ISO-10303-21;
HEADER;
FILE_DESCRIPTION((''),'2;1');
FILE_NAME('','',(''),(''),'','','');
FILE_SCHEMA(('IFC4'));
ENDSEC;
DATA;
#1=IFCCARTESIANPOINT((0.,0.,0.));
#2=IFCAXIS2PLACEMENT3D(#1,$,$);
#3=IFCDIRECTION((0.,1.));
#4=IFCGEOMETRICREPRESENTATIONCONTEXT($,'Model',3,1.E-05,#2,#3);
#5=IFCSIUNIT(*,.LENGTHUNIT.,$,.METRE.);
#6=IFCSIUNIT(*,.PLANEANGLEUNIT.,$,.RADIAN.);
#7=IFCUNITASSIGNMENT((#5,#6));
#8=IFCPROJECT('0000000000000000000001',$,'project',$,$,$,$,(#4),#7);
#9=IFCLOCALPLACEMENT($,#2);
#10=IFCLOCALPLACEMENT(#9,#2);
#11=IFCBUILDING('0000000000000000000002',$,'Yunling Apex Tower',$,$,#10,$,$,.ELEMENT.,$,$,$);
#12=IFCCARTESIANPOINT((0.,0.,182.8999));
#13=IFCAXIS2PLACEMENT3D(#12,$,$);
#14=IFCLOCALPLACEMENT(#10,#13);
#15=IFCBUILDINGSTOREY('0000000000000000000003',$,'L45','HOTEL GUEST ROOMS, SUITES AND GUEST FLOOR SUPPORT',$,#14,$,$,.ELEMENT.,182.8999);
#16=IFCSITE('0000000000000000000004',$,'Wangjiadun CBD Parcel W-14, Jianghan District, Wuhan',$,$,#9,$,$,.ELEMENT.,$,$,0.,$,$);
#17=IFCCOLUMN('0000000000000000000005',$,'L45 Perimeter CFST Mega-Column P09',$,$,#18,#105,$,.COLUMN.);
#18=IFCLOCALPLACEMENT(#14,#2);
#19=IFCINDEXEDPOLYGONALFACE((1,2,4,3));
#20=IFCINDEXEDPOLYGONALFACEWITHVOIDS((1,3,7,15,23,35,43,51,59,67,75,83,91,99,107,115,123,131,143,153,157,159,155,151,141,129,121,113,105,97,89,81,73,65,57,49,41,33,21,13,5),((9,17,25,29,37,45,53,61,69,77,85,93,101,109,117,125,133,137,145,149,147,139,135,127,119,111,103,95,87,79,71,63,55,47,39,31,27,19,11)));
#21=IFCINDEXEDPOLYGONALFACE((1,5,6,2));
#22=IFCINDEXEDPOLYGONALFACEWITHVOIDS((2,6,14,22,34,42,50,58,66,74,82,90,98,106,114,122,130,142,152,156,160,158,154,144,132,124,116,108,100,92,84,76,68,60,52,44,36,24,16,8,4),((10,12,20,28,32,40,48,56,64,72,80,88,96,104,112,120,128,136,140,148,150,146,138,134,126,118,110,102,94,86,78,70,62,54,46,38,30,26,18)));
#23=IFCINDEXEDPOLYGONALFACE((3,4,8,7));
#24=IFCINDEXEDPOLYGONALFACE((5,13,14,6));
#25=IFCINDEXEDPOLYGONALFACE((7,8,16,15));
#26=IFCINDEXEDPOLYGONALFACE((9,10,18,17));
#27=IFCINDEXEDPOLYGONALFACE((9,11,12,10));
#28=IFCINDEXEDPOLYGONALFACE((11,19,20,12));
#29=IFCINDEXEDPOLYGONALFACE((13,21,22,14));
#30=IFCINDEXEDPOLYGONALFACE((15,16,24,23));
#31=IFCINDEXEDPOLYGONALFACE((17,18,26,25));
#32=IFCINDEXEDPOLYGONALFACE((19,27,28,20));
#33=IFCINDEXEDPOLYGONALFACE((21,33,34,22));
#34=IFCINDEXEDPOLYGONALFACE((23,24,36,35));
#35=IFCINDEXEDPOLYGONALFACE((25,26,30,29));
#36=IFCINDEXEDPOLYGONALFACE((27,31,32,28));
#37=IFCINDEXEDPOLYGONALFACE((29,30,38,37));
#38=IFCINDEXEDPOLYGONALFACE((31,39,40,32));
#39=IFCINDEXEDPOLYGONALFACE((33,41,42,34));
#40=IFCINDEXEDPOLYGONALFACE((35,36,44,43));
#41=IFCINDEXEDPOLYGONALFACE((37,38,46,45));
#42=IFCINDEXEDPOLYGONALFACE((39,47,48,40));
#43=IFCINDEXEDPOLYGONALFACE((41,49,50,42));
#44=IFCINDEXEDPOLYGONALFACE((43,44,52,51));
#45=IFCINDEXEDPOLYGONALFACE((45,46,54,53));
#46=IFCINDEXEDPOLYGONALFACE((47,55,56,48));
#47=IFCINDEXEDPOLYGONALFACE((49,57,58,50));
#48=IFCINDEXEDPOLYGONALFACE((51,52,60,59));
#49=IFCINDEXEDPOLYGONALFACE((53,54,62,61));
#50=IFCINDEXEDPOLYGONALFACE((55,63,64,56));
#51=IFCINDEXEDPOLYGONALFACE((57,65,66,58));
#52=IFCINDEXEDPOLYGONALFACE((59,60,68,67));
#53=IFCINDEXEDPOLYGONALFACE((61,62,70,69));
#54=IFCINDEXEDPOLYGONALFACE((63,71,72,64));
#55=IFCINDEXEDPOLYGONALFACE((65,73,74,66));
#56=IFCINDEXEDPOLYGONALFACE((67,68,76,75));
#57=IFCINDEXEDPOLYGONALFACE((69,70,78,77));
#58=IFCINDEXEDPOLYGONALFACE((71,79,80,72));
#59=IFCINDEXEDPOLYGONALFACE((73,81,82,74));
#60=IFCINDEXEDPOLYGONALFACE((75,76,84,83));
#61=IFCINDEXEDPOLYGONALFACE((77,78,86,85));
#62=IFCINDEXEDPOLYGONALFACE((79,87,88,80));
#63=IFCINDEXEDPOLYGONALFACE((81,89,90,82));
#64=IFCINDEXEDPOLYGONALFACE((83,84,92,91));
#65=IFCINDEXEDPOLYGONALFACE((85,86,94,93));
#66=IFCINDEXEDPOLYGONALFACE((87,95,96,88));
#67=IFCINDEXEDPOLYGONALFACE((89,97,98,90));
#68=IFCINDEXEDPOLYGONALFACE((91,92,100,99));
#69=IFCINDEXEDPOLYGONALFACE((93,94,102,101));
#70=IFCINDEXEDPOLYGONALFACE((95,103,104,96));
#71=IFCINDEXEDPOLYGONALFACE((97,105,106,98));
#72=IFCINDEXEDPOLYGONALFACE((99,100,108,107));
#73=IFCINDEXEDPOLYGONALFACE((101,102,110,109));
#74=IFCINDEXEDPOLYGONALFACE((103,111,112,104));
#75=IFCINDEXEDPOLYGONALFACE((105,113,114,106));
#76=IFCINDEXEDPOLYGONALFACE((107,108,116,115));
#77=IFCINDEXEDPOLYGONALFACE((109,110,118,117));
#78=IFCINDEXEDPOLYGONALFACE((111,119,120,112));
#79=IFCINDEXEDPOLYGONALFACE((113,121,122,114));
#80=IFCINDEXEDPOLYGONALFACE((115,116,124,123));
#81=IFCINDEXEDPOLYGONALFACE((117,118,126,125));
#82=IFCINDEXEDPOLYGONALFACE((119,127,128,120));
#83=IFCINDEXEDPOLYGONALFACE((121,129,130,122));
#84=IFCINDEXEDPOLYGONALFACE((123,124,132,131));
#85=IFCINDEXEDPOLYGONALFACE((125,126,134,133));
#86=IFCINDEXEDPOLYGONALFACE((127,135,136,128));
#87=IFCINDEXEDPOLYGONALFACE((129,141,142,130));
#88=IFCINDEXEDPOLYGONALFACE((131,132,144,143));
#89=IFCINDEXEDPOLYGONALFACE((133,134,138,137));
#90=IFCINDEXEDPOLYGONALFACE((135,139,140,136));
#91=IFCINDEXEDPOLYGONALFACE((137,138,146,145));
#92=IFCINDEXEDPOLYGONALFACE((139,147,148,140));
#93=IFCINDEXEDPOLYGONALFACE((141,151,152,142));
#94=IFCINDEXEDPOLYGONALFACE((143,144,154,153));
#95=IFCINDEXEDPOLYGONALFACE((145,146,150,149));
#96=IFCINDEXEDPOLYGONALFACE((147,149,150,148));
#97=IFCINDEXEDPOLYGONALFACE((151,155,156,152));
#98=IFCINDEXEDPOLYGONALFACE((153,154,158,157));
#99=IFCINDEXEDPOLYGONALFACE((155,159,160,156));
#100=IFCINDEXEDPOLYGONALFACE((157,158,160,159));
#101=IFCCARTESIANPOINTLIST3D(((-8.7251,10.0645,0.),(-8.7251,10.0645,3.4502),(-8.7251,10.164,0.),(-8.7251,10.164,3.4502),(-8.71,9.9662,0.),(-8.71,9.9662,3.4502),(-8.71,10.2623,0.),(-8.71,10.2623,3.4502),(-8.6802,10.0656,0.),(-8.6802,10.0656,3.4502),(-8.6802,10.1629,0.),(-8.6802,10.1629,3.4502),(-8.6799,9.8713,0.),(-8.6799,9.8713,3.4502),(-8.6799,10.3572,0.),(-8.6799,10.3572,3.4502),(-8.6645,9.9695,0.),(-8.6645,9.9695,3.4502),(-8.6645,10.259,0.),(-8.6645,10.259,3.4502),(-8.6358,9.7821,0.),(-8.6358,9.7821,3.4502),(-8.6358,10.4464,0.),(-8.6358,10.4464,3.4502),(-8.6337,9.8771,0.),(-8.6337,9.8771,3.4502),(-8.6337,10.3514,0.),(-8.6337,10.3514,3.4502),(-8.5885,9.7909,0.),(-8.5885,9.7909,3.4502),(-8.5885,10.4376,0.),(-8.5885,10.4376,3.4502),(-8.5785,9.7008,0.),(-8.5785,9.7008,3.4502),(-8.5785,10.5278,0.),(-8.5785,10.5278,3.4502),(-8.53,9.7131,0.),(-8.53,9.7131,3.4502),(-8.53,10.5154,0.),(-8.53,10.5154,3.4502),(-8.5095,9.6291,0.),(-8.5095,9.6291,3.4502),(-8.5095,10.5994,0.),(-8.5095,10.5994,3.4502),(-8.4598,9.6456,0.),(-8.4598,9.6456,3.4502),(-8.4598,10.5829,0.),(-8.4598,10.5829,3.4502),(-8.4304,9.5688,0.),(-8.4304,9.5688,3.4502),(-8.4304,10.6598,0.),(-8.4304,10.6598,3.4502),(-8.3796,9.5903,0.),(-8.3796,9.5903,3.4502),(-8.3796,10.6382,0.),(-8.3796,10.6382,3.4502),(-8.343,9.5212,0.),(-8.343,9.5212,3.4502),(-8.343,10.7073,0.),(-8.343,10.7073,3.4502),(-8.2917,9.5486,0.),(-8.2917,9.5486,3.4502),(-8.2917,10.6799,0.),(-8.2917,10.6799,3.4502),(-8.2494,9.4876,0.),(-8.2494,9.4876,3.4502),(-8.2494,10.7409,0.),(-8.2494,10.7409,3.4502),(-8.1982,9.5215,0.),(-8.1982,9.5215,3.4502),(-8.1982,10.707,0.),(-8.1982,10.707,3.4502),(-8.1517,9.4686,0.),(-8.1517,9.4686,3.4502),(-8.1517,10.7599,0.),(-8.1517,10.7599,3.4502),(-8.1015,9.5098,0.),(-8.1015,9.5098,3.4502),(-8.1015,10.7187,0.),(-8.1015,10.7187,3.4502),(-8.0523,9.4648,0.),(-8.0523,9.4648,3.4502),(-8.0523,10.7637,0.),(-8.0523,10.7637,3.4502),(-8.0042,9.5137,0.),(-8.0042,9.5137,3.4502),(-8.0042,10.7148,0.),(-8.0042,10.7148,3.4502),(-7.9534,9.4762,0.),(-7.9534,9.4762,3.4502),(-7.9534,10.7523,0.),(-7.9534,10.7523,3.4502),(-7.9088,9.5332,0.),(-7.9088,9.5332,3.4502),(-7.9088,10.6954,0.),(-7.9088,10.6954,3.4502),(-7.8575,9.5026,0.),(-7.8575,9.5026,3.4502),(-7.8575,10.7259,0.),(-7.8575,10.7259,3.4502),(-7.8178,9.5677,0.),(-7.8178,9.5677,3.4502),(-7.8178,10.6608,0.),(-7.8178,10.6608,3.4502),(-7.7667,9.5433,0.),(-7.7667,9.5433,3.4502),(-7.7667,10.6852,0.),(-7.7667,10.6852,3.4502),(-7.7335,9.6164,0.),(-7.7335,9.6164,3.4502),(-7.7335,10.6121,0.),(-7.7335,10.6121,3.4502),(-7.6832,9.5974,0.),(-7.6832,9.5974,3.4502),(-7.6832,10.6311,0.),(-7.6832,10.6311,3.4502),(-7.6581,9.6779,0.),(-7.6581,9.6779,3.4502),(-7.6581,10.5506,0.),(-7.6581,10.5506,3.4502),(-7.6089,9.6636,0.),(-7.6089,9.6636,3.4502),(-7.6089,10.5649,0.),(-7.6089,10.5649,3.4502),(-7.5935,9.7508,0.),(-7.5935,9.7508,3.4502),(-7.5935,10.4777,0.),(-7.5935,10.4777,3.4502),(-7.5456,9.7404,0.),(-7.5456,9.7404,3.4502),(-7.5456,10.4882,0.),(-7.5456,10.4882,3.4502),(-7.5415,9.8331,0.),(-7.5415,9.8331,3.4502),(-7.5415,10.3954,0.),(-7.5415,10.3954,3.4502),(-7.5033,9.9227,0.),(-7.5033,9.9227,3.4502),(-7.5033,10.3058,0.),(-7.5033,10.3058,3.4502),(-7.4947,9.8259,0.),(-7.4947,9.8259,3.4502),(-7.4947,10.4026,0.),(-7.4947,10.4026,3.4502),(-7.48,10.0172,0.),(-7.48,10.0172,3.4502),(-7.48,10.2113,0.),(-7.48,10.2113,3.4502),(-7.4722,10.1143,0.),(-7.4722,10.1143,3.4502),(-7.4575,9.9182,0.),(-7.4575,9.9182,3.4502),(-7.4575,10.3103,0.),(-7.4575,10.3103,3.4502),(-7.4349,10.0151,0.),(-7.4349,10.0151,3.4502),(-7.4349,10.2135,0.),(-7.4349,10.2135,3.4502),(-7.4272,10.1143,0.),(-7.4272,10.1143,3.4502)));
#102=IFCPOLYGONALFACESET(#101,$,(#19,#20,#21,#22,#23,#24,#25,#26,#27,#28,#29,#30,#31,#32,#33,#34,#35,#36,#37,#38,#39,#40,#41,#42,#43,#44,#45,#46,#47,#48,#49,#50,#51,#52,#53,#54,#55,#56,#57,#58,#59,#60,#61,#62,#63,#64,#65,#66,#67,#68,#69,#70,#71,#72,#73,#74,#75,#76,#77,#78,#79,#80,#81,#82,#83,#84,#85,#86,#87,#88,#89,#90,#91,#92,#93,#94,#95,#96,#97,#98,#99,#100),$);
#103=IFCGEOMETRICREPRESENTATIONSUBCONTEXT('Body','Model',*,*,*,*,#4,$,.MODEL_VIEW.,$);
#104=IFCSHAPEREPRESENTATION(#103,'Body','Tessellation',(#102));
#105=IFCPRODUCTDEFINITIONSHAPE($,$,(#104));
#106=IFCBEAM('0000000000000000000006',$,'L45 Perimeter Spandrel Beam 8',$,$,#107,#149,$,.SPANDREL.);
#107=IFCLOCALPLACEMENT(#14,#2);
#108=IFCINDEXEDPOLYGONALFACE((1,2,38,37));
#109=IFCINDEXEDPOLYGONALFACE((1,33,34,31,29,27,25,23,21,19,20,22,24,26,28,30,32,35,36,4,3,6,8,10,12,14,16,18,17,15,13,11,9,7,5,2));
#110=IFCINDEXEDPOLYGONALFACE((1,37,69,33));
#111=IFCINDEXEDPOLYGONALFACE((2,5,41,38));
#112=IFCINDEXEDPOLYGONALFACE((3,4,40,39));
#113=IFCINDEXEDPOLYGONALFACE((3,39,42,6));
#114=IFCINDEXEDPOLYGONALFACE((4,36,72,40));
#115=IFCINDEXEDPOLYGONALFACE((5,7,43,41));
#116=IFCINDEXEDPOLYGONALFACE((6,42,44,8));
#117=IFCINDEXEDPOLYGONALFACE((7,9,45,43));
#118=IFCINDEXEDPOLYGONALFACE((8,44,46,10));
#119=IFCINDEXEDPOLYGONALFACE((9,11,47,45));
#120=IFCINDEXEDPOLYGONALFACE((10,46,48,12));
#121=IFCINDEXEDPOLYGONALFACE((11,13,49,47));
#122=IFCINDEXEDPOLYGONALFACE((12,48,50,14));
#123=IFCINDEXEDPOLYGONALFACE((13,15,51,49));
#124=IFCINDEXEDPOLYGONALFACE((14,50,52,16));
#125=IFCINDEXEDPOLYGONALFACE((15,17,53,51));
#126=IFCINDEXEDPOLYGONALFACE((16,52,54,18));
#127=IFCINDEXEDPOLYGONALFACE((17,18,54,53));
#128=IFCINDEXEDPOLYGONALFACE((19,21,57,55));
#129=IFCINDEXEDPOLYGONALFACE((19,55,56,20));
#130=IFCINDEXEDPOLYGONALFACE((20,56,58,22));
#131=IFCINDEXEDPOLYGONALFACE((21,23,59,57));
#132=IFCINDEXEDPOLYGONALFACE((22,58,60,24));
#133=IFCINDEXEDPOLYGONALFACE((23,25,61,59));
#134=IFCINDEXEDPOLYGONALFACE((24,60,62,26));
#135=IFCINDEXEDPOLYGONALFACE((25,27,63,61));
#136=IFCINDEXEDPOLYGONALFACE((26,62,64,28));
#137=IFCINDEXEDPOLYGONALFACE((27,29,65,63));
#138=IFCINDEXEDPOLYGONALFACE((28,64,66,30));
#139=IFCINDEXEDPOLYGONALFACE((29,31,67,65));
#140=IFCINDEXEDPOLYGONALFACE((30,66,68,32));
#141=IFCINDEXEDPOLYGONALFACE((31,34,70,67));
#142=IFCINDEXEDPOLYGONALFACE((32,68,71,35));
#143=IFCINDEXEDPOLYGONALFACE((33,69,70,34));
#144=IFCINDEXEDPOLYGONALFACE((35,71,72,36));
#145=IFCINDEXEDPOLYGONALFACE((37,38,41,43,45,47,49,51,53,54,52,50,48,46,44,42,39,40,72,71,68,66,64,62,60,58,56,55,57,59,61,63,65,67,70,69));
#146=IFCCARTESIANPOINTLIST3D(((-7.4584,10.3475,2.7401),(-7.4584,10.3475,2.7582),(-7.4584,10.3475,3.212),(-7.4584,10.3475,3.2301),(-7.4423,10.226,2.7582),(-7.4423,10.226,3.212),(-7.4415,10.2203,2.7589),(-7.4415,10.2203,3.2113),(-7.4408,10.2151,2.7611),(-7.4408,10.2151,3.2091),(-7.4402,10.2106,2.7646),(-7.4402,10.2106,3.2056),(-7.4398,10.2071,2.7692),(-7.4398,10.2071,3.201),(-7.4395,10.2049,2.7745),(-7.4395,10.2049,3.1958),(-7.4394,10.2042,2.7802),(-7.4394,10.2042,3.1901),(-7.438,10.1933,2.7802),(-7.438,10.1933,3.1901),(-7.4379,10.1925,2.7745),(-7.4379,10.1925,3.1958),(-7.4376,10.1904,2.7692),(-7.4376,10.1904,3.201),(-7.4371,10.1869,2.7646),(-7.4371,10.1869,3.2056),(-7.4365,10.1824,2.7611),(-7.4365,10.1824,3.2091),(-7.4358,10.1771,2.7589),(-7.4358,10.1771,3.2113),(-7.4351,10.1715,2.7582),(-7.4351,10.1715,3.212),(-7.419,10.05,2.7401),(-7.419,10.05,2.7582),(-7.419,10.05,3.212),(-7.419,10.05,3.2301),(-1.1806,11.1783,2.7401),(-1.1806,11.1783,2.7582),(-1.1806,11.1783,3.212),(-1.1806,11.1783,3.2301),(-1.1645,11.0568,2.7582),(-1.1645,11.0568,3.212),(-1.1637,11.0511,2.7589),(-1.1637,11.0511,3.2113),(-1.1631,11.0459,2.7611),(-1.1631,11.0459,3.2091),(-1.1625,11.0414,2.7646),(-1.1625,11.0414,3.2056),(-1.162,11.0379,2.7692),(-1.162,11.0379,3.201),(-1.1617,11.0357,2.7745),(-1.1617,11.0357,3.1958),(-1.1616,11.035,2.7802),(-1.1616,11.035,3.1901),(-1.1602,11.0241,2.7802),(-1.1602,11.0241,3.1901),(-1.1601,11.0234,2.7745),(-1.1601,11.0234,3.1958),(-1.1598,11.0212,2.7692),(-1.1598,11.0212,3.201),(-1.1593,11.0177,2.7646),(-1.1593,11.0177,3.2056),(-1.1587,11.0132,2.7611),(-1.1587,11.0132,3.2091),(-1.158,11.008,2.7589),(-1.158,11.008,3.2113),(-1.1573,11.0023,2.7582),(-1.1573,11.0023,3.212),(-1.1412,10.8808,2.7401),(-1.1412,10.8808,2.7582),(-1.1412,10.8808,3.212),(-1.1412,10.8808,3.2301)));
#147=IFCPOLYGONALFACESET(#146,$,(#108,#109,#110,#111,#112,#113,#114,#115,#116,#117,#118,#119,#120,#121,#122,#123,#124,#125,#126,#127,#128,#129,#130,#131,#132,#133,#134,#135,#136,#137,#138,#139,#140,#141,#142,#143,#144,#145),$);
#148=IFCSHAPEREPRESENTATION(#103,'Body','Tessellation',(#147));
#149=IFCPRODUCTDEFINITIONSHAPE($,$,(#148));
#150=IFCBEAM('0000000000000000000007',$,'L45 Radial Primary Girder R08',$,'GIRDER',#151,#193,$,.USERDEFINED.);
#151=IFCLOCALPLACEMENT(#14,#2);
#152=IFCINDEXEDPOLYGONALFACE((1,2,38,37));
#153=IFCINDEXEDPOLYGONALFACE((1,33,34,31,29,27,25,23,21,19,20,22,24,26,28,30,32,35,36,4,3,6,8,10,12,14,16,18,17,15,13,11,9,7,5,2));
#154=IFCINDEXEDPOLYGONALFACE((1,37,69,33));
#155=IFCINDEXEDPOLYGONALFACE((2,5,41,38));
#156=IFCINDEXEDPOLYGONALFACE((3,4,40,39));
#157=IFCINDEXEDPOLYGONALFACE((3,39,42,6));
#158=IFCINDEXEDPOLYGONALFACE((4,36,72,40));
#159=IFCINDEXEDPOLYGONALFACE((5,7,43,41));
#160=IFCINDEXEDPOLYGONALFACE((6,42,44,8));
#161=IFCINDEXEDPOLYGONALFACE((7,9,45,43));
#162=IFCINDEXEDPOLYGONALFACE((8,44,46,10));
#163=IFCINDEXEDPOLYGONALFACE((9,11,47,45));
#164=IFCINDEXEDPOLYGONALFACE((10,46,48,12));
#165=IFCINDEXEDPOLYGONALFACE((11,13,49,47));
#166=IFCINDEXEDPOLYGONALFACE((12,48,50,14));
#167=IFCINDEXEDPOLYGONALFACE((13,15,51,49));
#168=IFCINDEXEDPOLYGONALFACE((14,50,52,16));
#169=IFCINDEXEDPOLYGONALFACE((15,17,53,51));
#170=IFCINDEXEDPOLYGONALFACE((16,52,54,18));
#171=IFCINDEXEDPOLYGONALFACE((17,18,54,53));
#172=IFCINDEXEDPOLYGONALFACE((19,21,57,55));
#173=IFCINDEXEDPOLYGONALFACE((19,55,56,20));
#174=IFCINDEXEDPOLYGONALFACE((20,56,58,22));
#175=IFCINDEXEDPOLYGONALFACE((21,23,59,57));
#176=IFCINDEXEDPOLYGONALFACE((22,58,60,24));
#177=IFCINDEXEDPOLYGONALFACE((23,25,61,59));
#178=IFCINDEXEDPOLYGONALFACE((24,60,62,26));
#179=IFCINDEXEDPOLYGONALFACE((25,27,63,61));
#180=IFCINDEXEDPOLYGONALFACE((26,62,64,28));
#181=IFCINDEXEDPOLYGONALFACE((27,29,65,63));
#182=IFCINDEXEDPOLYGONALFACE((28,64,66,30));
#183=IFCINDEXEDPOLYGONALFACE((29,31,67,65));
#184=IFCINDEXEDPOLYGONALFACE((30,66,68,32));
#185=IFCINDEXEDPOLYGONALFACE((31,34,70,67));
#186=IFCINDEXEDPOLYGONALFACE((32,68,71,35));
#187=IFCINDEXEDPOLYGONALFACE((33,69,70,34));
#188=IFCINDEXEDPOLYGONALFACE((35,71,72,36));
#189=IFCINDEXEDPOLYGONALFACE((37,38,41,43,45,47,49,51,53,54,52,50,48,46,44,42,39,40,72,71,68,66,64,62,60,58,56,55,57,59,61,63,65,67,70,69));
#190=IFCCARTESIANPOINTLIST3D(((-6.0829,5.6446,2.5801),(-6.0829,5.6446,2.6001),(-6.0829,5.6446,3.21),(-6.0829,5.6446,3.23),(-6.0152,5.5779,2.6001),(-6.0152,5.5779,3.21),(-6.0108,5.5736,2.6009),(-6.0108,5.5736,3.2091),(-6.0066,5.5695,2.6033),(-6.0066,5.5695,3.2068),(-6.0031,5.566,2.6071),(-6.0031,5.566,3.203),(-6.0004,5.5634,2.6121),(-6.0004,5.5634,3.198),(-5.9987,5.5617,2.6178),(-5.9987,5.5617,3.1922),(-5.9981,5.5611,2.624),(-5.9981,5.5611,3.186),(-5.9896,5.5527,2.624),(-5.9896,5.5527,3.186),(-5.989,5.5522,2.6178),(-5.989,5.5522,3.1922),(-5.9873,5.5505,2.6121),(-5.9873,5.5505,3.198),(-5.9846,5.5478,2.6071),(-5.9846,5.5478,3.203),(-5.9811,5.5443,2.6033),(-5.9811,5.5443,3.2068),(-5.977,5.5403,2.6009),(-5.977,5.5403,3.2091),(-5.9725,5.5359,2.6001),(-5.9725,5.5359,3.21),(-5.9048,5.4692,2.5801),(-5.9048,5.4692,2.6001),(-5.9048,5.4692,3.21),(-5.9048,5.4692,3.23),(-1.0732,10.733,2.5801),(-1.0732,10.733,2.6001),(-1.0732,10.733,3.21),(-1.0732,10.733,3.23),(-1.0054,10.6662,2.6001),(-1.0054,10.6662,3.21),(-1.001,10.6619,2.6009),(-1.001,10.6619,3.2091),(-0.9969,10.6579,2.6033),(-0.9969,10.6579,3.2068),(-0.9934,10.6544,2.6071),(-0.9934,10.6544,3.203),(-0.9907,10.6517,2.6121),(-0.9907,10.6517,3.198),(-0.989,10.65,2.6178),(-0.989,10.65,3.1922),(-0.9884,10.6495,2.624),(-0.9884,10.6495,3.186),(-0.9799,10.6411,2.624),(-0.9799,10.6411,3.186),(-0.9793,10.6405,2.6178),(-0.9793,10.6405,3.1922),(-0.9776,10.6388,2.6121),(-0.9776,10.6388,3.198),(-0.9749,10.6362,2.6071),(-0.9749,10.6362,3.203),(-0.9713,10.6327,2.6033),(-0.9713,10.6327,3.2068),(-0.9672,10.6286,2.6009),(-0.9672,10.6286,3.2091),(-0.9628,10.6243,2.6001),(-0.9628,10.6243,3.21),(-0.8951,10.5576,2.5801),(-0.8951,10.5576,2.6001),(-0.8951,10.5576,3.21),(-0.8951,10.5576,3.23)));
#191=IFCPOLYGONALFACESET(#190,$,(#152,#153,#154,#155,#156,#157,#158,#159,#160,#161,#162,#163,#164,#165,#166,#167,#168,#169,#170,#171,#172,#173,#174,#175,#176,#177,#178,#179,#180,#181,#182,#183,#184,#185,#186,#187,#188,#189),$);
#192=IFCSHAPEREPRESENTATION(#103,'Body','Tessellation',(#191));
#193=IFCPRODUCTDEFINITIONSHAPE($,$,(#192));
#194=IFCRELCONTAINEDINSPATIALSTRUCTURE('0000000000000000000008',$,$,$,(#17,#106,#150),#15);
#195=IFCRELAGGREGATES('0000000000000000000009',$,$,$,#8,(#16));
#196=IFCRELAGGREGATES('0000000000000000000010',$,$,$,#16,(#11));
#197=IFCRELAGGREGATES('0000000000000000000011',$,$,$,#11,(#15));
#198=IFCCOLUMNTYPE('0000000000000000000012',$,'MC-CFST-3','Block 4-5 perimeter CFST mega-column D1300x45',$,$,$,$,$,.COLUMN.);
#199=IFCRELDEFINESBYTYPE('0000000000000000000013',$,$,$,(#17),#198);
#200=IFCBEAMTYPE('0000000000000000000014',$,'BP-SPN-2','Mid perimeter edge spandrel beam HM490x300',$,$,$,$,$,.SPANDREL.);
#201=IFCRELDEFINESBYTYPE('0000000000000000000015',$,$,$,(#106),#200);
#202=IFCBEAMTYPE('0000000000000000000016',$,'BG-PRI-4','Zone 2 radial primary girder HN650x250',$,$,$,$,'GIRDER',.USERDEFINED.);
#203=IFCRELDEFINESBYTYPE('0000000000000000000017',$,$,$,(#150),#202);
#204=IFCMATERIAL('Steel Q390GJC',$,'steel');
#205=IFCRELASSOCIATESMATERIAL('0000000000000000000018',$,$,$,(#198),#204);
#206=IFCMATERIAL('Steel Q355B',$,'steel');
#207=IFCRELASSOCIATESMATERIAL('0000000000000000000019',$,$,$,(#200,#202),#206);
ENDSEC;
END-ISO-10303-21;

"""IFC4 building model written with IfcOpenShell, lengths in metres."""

from ifc_helpers import new_model, si_unit, direction, frame, origin, origin_2d, place, context, subcontext, project, spatial, hollow_circle, i_section, extrude, source, transform, mapped, material, material_profile, profile_set, type_object, element, save


model = new_model("IFC4")

# Units and contexts
model_context = context("Model", 3, precision=1e-05, world=origin(), true_north=direction((0.0, 1.0)))
body_context = subcontext(model_context, "Body", "Model", "MODEL_VIEW")
ifc_project = project(units=[si_unit("LENGTHUNIT", "METRE"), si_unit("PLANEANGLEUNIT", "RADIAN")], contexts=[model_context])

# Site, building, storey
site_placement = place(None, origin())
site = spatial("IfcSite", under=ifc_project, at=site_placement, Name="Wangjiadun CBD Parcel W-14, Jianghan District, Wuhan", CompositionType="ELEMENT", RefElevation=0.0)
building_placement = place(site_placement, origin())
building = spatial("IfcBuilding", under=site, at=building_placement, Name="Yunling Apex Tower", CompositionType="ELEMENT")
storey_placement = place(building_placement, frame((0.0, 0.0, 182.8999)))
storey = spatial("IfcBuildingStorey", under=building, at=storey_placement, Name="L45", Description="HOTEL GUEST ROOMS, SUITES AND GUEST FLOOR SUPPORT", CompositionType="ELEMENT", Elevation=182.8999)

# Column
ifc_material_1 = material(Name="Steel Q390GJC", Category="steel")
ifc_material_profile_1 = material_profile(ifc_material_1, hollow_circle(Radius=0.6499, WallThickness=0.0449, at=origin_2d()))
ifc_profile_set_1 = profile_set([ifc_material_profile_1], Name="Steel Q390GJC")
column_type = type_object("IfcColumnType", Name="MC-CFST-3", Description="Block 4-5 perimeter CFST mega-column D1300x45", PredefinedType="COLUMN", material=ifc_profile_set_1)
shared_shape_1 = source(origin(), body_context, "Body", "SweptSolid", [
    extrude(hollow_circle(Radius=0.6499, WallThickness=0.0449, at=origin_2d()), origin(), (0.0, 0.0, 1.0), 3.4502),
])
column_placement = place(storey_placement, frame((-8.0771, 10.1143, 0.0), z_axis=(0.0, 0.0, 1.0), x_axis=(1.0, 0.0, 0.0)))
element("IfcColumn", 1, at=column_placement, inside=storey, type_object=column_type, Name="L45 Perimeter CFST Mega-Column P09", PredefinedType="COLUMN", context=body_context, shape_type="MappedRepresentation", body=[
    mapped(shared_shape_1, transform((0.0, 0.0, 0.0), scale=1.0)),
])

# Beams
ifc_material_2 = material(Name="Steel Q355B", Category="steel")
ifc_material_profile_2 = material_profile(ifc_material_2, i_section(OverallWidth=0.3, OverallDepth=0.49, WebThickness=0.011, FlangeThickness=0.0181, FilletRadius=0.022, at=origin_2d()))
ifc_profile_set_2 = profile_set([ifc_material_profile_2], Name="Steel Q355B")
beam_type_1 = type_object("IfcBeamType", Name="BP-SPN-2", Description="Mid perimeter edge spandrel beam HM490x300", PredefinedType="SPANDREL", material=ifc_profile_set_2)
shared_shape_2 = source(origin(), body_context, "Body", "SweptSolid", [
    extrude(i_section(OverallWidth=0.3, OverallDepth=0.49, WebThickness=0.011, FlangeThickness=0.0181, FilletRadius=0.022, at=origin_2d()), origin(), (0.0, 0.0, 1.0), 6.3325),
])
beam_1_placement = place(storey_placement, frame((-1.1609, 11.0295, 2.9851), z_axis=(-0.991356, -0.131196, 0.0), x_axis=(0.131196, -0.991356, 0.0)))
element("IfcBeam", 2, at=beam_1_placement, inside=storey, type_object=beam_type_1, Name="L45 Perimeter Spandrel Beam 8", PredefinedType="SPANDREL", context=body_context, shape_type="MappedRepresentation", body=[
    mapped(shared_shape_2, transform((0.0, 0.0, 0.0), scale=1.0)),
])
ifc_material_profile_3 = material_profile(ifc_material_2, i_section(OverallWidth=0.25, OverallDepth=0.6499, WebThickness=0.012, FlangeThickness=0.02, FilletRadius=0.0239, at=origin_2d()))
ifc_profile_set_3 = profile_set([ifc_material_profile_3], Name="Steel Q355B")
beam_type_2 = type_object("IfcBeamType", Name="BG-PRI-4", Description="Zone 2 radial primary girder HN650x250", ElementType="GIRDER", PredefinedType="USERDEFINED", material=ifc_profile_set_3)
shared_shape_3 = source(origin(), body_context, "Body", "SweptSolid", [
    extrude(i_section(OverallWidth=0.25, OverallDepth=0.6499, WebThickness=0.012, FlangeThickness=0.02, FilletRadius=0.0239, at=origin_2d()), origin(), (0.0, 0.0, 1.0), 7.1406),
])
beam_2_placement = place(storey_placement, frame((-0.9841, 10.6453, 2.905), z_axis=(-0.701581, -0.71259, 0.0), x_axis=(0.71259, -0.701581, 0.0)))
element("IfcBeam", 3, at=beam_2_placement, inside=storey, type_object=beam_type_2, Name="L45 Radial Primary Girder R08", ObjectType="GIRDER", PredefinedType="USERDEFINED", context=body_context, shape_type="MappedRepresentation", body=[
    mapped(shared_shape_3, transform((0.0, 0.0, 0.0), scale=1.0)),
])

save(model, "model.ifc")
